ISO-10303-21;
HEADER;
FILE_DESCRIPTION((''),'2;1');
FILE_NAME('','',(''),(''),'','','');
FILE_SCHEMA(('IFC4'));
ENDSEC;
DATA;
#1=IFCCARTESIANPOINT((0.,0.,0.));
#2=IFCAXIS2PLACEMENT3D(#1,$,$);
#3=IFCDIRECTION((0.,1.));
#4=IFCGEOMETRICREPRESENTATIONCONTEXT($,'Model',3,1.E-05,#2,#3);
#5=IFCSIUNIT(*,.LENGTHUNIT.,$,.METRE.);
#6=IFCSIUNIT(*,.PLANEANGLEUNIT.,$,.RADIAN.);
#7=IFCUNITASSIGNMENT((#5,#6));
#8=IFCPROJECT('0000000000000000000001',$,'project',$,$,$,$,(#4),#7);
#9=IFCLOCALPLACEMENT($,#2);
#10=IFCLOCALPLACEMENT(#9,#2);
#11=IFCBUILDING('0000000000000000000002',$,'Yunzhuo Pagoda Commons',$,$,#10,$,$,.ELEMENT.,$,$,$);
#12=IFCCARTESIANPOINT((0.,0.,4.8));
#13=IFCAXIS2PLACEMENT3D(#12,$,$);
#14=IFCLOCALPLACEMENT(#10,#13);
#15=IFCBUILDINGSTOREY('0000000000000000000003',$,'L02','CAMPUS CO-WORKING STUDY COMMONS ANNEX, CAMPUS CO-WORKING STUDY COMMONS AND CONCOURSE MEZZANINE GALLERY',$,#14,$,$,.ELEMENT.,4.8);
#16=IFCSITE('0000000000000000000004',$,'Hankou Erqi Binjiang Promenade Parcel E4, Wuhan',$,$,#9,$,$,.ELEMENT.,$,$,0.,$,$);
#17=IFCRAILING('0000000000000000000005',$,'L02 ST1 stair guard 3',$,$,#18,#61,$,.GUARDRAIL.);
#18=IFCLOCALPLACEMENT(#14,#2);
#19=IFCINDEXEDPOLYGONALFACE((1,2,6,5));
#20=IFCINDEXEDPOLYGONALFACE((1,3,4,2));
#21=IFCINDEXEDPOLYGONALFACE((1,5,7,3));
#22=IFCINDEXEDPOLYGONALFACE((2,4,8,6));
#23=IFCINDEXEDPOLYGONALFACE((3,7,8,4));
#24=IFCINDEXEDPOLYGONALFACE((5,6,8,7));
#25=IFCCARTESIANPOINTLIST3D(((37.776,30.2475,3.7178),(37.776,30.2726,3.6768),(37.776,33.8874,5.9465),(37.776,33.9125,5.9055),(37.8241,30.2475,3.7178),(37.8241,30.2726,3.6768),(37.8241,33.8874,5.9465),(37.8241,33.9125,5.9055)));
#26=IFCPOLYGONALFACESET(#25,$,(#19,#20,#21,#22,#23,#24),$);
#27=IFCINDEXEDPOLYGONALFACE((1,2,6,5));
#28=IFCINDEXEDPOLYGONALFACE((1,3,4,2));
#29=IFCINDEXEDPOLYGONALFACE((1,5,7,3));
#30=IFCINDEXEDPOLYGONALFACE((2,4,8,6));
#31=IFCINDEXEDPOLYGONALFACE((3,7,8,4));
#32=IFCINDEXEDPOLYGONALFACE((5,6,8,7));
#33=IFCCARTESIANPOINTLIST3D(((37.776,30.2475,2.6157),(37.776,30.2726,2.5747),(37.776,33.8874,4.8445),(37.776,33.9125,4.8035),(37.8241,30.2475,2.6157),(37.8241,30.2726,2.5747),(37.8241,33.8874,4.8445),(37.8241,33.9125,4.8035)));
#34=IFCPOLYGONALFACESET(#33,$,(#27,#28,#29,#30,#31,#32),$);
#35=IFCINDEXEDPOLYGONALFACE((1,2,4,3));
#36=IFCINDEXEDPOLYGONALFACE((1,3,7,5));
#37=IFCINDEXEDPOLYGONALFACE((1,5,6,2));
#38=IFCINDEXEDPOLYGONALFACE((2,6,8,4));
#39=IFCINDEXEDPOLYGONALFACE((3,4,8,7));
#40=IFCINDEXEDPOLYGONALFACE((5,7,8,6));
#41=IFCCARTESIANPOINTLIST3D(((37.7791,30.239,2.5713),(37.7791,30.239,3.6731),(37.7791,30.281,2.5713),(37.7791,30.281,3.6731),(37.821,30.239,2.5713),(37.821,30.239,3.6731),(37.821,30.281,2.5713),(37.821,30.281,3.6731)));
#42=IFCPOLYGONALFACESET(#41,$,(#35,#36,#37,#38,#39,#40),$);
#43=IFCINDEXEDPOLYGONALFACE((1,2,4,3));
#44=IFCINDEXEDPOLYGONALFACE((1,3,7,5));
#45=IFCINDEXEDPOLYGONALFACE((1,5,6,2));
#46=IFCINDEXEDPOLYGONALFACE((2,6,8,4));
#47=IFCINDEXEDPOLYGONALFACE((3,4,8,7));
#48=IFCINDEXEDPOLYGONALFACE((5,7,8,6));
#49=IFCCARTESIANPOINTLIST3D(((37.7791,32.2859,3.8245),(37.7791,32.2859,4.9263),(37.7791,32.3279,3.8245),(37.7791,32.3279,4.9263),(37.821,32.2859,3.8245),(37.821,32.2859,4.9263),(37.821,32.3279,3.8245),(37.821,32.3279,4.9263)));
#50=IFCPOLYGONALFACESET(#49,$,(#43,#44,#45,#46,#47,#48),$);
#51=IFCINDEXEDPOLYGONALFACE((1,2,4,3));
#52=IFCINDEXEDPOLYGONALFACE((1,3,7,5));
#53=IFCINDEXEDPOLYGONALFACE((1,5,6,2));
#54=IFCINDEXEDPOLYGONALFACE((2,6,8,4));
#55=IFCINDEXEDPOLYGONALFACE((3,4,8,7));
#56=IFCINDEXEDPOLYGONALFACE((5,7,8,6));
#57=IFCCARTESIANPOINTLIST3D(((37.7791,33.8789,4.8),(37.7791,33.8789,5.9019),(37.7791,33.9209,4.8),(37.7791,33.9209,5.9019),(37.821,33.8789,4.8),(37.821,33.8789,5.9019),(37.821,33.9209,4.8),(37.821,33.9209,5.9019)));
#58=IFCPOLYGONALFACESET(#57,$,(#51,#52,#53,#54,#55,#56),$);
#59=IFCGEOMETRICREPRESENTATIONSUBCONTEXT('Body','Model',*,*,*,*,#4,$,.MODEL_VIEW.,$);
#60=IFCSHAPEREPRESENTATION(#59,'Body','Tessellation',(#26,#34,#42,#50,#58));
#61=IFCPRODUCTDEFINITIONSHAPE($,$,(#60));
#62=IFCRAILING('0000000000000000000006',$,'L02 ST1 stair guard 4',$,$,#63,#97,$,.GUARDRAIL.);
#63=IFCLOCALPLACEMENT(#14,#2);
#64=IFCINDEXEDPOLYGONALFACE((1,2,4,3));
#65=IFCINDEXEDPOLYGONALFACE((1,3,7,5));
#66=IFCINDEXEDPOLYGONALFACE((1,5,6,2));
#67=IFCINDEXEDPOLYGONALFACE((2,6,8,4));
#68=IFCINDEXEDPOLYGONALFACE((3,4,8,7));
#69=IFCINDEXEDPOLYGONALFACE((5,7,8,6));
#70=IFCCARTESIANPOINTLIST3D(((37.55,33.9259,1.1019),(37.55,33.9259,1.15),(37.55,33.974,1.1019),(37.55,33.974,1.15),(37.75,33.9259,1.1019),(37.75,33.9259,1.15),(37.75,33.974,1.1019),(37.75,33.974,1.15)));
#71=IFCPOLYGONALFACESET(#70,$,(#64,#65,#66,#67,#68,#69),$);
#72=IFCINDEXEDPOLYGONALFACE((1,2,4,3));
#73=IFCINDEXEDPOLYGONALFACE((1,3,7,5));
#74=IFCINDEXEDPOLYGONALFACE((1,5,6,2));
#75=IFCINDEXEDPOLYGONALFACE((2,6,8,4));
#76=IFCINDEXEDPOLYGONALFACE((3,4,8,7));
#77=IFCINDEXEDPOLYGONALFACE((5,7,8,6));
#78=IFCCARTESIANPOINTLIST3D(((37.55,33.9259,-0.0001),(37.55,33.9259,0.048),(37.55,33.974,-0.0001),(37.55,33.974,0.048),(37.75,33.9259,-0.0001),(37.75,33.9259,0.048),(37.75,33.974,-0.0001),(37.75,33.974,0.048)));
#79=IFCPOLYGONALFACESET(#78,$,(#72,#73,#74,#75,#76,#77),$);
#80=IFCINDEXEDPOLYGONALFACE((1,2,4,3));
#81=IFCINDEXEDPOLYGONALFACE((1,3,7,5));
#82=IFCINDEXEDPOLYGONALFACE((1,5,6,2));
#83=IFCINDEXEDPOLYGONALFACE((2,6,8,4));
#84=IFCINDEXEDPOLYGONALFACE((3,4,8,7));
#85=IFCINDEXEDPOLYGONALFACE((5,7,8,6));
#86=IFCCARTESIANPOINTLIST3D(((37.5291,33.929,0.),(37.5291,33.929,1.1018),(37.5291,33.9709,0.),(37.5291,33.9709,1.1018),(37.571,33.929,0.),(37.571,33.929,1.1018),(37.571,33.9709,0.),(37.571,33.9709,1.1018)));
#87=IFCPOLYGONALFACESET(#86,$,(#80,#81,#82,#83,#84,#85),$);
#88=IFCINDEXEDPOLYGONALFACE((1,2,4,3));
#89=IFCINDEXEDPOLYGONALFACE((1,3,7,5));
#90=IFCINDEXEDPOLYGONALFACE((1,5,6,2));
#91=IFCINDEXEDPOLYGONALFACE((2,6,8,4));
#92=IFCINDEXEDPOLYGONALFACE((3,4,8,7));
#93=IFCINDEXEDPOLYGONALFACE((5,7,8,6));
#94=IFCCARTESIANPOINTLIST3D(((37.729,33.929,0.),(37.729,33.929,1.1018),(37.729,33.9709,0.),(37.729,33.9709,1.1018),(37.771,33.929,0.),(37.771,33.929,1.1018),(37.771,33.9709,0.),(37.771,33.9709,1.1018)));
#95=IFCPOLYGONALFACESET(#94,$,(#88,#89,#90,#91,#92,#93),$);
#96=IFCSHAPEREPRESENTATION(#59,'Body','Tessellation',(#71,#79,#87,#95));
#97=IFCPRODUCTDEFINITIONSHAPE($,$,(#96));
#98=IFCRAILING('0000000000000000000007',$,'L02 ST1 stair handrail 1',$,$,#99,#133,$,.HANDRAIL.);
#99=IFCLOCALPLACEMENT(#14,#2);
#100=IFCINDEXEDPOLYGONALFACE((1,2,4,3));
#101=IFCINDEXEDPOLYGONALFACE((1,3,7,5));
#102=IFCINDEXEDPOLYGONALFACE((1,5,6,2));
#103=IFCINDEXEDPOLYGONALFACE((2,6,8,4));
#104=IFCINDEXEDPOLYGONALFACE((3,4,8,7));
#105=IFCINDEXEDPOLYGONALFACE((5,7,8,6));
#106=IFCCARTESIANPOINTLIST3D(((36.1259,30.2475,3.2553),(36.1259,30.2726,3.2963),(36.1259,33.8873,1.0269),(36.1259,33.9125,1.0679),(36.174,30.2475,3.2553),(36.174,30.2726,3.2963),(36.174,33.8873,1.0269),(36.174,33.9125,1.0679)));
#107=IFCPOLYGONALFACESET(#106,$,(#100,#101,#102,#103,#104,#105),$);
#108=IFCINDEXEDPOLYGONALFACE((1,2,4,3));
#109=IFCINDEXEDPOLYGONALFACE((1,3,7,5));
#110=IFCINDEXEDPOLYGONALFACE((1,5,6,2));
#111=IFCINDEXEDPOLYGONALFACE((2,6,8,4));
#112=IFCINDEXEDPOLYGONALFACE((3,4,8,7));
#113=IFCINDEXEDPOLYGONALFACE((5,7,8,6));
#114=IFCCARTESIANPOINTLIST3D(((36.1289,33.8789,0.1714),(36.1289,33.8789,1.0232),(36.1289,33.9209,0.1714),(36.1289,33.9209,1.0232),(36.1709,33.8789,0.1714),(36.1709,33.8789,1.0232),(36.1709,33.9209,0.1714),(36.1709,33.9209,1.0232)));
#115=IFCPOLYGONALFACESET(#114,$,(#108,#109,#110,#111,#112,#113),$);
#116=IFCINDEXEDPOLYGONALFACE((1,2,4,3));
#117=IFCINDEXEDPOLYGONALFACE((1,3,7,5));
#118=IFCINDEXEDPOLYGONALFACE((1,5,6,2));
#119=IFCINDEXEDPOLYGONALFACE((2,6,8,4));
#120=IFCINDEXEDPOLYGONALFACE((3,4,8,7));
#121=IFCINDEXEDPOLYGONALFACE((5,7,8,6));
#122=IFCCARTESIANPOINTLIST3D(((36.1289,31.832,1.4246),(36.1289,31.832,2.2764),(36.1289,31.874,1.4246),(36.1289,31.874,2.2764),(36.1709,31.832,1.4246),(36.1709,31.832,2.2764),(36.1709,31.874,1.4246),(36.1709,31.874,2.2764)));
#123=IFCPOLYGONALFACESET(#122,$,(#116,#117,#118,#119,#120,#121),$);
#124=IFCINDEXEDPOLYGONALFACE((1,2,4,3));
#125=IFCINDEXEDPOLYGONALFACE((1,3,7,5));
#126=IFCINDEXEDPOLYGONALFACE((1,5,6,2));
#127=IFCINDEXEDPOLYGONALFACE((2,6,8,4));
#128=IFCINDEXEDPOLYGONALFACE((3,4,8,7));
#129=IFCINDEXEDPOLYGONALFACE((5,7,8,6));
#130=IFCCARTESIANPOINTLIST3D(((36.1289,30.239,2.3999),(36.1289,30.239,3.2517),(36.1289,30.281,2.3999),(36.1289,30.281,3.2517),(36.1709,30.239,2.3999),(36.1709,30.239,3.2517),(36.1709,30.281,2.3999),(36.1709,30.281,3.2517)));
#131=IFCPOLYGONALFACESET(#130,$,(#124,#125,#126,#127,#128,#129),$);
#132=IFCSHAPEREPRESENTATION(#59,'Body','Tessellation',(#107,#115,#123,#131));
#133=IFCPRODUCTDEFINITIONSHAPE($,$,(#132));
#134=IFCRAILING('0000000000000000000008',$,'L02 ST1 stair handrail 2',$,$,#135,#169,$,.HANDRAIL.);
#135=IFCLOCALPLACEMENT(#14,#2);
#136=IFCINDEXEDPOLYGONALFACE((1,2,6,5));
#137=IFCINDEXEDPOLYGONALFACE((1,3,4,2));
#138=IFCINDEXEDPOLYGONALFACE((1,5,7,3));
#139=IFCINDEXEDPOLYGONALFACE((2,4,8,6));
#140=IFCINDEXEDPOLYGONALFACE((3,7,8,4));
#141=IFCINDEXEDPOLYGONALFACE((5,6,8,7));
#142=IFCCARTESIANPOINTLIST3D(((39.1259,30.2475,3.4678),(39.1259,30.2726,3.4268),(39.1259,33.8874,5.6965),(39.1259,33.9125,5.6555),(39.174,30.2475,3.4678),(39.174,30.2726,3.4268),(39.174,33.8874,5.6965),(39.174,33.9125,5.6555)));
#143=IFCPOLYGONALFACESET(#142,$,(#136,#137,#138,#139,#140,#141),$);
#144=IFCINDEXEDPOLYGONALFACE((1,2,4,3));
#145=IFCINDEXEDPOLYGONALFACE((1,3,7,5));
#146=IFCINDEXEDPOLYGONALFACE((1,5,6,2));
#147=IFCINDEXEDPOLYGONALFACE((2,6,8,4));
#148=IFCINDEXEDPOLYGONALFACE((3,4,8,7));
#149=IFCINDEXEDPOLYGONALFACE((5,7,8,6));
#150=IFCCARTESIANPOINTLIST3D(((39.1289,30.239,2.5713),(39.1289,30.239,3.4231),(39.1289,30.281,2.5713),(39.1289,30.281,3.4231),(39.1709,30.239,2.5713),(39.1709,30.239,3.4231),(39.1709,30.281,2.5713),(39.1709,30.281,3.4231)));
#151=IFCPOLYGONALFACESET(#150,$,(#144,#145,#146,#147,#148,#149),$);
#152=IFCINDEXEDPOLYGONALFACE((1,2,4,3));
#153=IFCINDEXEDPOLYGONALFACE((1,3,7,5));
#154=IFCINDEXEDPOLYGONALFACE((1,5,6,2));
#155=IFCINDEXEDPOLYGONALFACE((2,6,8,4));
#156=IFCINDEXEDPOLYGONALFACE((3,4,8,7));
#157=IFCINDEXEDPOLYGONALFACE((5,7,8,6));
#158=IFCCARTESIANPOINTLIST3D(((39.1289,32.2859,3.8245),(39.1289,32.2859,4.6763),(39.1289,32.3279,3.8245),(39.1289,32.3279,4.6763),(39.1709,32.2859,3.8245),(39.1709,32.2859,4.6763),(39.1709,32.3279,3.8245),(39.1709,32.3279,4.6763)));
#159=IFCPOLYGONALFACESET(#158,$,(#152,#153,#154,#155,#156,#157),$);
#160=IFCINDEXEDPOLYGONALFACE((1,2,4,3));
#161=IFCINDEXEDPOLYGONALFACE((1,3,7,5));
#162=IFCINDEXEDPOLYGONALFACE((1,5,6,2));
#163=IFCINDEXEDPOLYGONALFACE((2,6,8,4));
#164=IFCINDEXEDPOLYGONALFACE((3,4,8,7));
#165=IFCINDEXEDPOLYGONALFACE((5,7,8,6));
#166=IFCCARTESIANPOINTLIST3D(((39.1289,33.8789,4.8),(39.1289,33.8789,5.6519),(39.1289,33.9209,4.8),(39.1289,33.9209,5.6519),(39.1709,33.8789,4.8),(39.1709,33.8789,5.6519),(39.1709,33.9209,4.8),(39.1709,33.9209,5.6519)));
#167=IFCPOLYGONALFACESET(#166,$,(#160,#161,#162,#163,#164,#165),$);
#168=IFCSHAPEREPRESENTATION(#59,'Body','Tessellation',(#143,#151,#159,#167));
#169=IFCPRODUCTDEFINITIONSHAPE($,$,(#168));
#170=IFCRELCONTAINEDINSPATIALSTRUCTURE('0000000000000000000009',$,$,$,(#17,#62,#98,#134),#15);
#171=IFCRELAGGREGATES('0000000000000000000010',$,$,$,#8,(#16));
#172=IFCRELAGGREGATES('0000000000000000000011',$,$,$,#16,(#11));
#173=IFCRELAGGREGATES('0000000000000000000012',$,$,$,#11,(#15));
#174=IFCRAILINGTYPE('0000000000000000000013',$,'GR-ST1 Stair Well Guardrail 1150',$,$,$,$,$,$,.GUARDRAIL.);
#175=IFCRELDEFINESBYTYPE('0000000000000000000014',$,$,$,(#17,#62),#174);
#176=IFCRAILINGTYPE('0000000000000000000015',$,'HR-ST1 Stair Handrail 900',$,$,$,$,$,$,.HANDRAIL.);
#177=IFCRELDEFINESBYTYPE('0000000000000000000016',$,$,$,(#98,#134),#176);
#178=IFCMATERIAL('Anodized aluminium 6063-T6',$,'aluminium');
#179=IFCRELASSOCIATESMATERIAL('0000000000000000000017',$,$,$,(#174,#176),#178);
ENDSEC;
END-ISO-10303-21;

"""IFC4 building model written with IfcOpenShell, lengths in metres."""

from ifc_helpers import new_model, si_unit, direction, frame, origin, origin_2d, place, context, subcontext, project, spatial, rectangle, extrude, material, type_object, element, save


model = new_model("IFC4")

# Units and contexts
model_context = context("Model", 3, precision=1e-05, world=origin(), true_north=direction((0.0, 1.0)))
body_context = subcontext(model_context, "Body", "Model", "MODEL_VIEW")
ifc_project = project(units=[si_unit("LENGTHUNIT", "METRE"), si_unit("PLANEANGLEUNIT", "RADIAN")], contexts=[model_context])

# Site, building, storey
site_placement = place(None, origin())
site = spatial("IfcSite", under=ifc_project, at=site_placement, Name="Hankou Erqi Binjiang Promenade Parcel E4, Wuhan", CompositionType="ELEMENT", RefElevation=0.0)
building_placement = place(site_placement, origin())
building = spatial("IfcBuilding", under=site, at=building_placement, Name="Yunzhuo Pagoda Commons", CompositionType="ELEMENT")
storey_placement = place(building_placement, frame((0.0, 0.0, 4.8)))
storey = spatial("IfcBuildingStorey", under=building, at=storey_placement, Name="L02", Description="CAMPUS CO-WORKING STUDY COMMONS ANNEX, CAMPUS CO-WORKING STUDY COMMONS AND CONCOURSE MEZZANINE GALLERY", CompositionType="ELEMENT", Elevation=4.8)

# Railings
ifc_material_1 = material(Name="Anodized aluminium 6063-T6", Category="aluminium")
railing_type_1 = type_object("IfcRailingType", Name="GR-ST1 Stair Well Guardrail 1150", PredefinedType="GUARDRAIL", material=ifc_material_1)
railing_1_placement = place(storey_placement, frame((37.8, 30.26, 2.5713)))
element("IfcRailing", 1, at=railing_1_placement, inside=storey, type_object=railing_type_1, Name="L02 ST1 stair guard 3", PredefinedType="GUARDRAIL", context=body_context, shape_type="SweptSolid", body=[
    extrude(rectangle(XDim=0.0481, YDim=0.0481, at=origin_2d()), frame((0.0, 0.0, 1.126), z_axis=(0.0, 0.852825, 0.522197), x_axis=(-1.0, 0.0, 0.0)), (0.0, 0.0, 1.0), 4.2681),
    extrude(rectangle(XDim=0.0481, YDim=0.0481, at=origin_2d()), frame((0.0, 0.0, 0.0239), z_axis=(0.0, 0.852825, 0.522197), x_axis=(-1.0, 0.0, 0.0)), (0.0, 0.0, 1.0), 4.2681),
    extrude(rectangle(XDim=0.042, YDim=0.042, at=origin_2d()), origin(), (0.0, 0.0, 1.0), 1.1018),
    extrude(rectangle(XDim=0.042, YDim=0.042, at=origin_2d()), frame((0.0, 2.0469, 1.2532)), (0.0, 0.0, 1.0), 1.1018),
    extrude(rectangle(XDim=0.042, YDim=0.042, at=origin_2d()), frame((0.0, 3.6399, 2.2288)), (0.0, 0.0, 1.0), 1.1018),
])
railing_2_placement = place(storey_placement, frame((37.55, 33.95, 0.0)))
element("IfcRailing", 2, at=railing_2_placement, inside=storey, type_object=railing_type_1, Name="L02 ST1 stair guard 4", PredefinedType="GUARDRAIL", context=body_context, shape_type="SweptSolid", body=[
    extrude(rectangle(XDim=0.0481, YDim=0.0481, at=origin_2d()), frame((0.0, 0.0, 1.126), z_axis=(1.0, 0.0, 0.0), x_axis=(0.0, 1.0, 0.0)), (0.0, 0.0, 1.0), 0.2),
    extrude(rectangle(XDim=0.0481, YDim=0.0481, at=origin_2d()), frame((0.0, 0.0, 0.0239), z_axis=(1.0, 0.0, 0.0), x_axis=(0.0, 1.0, 0.0)), (0.0, 0.0, 1.0), 0.2),
    extrude(rectangle(XDim=0.042, YDim=0.042, at=origin_2d()), origin(), (0.0, 0.0, 1.0), 1.1018),
    extrude(rectangle(XDim=0.042, YDim=0.042, at=origin_2d()), frame((0.2, 0.0, 0.0)), (0.0, 0.0, 1.0), 1.1018),
])
railing_type_2 = type_object("IfcRailingType", Name="HR-ST1 Stair Handrail 900", PredefinedType="HANDRAIL", material=ifc_material_1)
railing_3_placement = place(storey_placement, frame((36.1499, 33.8999, 0.1714)))
element("IfcRailing", 3, at=railing_3_placement, inside=storey, type_object=railing_type_2, Name="L02 ST1 stair handrail 1", PredefinedType="HANDRAIL", context=body_context, shape_type="SweptSolid", body=[
    extrude(rectangle(XDim=0.0481, YDim=0.0481, at=origin_2d()), frame((0.0, 0.0, 0.876), z_axis=(0.0, -0.85285, 0.522156), x_axis=(1.0, 0.0, 0.0)), (0.0, 0.0, 1.0), 4.2678),
    extrude(rectangle(XDim=0.042, YDim=0.042, at=origin_2d()), origin(), (0.0, 0.0, 1.0), 0.8518),
    extrude(rectangle(XDim=0.042, YDim=0.042, at=origin_2d()), frame((0.0, -2.0469, 1.2532)), (0.0, 0.0, 1.0), 0.8518),
    extrude(rectangle(XDim=0.042, YDim=0.042, at=origin_2d()), frame((0.0, -3.6399, 2.2285)), (0.0, 0.0, 1.0), 0.8518),
])
railing_4_placement = place(storey_placement, frame((39.1499, 30.26, 2.5713)))
element("IfcRailing", 4, at=railing_4_placement, inside=storey, type_object=railing_type_2, Name="L02 ST1 stair handrail 2", PredefinedType="HANDRAIL", context=body_context, shape_type="SweptSolid", body=[
    extrude(rectangle(XDim=0.0481, YDim=0.0481, at=origin_2d()), frame((0.0, 0.0, 0.876), z_axis=(0.0, 0.852825, 0.522197), x_axis=(-1.0, 0.0, 0.0)), (0.0, 0.0, 1.0), 4.2681),
    extrude(rectangle(XDim=0.042, YDim=0.042, at=origin_2d()), origin(), (0.0, 0.0, 1.0), 0.8518),
    extrude(rectangle(XDim=0.042, YDim=0.042, at=origin_2d()), frame((0.0, 2.0469, 1.2532)), (0.0, 0.0, 1.0), 0.8518),
    extrude(rectangle(XDim=0.042, YDim=0.042, at=origin_2d()), frame((0.0, 3.6399, 2.2288)), (0.0, 0.0, 1.0), 0.8518),
])

save(model, "model.ifc")
